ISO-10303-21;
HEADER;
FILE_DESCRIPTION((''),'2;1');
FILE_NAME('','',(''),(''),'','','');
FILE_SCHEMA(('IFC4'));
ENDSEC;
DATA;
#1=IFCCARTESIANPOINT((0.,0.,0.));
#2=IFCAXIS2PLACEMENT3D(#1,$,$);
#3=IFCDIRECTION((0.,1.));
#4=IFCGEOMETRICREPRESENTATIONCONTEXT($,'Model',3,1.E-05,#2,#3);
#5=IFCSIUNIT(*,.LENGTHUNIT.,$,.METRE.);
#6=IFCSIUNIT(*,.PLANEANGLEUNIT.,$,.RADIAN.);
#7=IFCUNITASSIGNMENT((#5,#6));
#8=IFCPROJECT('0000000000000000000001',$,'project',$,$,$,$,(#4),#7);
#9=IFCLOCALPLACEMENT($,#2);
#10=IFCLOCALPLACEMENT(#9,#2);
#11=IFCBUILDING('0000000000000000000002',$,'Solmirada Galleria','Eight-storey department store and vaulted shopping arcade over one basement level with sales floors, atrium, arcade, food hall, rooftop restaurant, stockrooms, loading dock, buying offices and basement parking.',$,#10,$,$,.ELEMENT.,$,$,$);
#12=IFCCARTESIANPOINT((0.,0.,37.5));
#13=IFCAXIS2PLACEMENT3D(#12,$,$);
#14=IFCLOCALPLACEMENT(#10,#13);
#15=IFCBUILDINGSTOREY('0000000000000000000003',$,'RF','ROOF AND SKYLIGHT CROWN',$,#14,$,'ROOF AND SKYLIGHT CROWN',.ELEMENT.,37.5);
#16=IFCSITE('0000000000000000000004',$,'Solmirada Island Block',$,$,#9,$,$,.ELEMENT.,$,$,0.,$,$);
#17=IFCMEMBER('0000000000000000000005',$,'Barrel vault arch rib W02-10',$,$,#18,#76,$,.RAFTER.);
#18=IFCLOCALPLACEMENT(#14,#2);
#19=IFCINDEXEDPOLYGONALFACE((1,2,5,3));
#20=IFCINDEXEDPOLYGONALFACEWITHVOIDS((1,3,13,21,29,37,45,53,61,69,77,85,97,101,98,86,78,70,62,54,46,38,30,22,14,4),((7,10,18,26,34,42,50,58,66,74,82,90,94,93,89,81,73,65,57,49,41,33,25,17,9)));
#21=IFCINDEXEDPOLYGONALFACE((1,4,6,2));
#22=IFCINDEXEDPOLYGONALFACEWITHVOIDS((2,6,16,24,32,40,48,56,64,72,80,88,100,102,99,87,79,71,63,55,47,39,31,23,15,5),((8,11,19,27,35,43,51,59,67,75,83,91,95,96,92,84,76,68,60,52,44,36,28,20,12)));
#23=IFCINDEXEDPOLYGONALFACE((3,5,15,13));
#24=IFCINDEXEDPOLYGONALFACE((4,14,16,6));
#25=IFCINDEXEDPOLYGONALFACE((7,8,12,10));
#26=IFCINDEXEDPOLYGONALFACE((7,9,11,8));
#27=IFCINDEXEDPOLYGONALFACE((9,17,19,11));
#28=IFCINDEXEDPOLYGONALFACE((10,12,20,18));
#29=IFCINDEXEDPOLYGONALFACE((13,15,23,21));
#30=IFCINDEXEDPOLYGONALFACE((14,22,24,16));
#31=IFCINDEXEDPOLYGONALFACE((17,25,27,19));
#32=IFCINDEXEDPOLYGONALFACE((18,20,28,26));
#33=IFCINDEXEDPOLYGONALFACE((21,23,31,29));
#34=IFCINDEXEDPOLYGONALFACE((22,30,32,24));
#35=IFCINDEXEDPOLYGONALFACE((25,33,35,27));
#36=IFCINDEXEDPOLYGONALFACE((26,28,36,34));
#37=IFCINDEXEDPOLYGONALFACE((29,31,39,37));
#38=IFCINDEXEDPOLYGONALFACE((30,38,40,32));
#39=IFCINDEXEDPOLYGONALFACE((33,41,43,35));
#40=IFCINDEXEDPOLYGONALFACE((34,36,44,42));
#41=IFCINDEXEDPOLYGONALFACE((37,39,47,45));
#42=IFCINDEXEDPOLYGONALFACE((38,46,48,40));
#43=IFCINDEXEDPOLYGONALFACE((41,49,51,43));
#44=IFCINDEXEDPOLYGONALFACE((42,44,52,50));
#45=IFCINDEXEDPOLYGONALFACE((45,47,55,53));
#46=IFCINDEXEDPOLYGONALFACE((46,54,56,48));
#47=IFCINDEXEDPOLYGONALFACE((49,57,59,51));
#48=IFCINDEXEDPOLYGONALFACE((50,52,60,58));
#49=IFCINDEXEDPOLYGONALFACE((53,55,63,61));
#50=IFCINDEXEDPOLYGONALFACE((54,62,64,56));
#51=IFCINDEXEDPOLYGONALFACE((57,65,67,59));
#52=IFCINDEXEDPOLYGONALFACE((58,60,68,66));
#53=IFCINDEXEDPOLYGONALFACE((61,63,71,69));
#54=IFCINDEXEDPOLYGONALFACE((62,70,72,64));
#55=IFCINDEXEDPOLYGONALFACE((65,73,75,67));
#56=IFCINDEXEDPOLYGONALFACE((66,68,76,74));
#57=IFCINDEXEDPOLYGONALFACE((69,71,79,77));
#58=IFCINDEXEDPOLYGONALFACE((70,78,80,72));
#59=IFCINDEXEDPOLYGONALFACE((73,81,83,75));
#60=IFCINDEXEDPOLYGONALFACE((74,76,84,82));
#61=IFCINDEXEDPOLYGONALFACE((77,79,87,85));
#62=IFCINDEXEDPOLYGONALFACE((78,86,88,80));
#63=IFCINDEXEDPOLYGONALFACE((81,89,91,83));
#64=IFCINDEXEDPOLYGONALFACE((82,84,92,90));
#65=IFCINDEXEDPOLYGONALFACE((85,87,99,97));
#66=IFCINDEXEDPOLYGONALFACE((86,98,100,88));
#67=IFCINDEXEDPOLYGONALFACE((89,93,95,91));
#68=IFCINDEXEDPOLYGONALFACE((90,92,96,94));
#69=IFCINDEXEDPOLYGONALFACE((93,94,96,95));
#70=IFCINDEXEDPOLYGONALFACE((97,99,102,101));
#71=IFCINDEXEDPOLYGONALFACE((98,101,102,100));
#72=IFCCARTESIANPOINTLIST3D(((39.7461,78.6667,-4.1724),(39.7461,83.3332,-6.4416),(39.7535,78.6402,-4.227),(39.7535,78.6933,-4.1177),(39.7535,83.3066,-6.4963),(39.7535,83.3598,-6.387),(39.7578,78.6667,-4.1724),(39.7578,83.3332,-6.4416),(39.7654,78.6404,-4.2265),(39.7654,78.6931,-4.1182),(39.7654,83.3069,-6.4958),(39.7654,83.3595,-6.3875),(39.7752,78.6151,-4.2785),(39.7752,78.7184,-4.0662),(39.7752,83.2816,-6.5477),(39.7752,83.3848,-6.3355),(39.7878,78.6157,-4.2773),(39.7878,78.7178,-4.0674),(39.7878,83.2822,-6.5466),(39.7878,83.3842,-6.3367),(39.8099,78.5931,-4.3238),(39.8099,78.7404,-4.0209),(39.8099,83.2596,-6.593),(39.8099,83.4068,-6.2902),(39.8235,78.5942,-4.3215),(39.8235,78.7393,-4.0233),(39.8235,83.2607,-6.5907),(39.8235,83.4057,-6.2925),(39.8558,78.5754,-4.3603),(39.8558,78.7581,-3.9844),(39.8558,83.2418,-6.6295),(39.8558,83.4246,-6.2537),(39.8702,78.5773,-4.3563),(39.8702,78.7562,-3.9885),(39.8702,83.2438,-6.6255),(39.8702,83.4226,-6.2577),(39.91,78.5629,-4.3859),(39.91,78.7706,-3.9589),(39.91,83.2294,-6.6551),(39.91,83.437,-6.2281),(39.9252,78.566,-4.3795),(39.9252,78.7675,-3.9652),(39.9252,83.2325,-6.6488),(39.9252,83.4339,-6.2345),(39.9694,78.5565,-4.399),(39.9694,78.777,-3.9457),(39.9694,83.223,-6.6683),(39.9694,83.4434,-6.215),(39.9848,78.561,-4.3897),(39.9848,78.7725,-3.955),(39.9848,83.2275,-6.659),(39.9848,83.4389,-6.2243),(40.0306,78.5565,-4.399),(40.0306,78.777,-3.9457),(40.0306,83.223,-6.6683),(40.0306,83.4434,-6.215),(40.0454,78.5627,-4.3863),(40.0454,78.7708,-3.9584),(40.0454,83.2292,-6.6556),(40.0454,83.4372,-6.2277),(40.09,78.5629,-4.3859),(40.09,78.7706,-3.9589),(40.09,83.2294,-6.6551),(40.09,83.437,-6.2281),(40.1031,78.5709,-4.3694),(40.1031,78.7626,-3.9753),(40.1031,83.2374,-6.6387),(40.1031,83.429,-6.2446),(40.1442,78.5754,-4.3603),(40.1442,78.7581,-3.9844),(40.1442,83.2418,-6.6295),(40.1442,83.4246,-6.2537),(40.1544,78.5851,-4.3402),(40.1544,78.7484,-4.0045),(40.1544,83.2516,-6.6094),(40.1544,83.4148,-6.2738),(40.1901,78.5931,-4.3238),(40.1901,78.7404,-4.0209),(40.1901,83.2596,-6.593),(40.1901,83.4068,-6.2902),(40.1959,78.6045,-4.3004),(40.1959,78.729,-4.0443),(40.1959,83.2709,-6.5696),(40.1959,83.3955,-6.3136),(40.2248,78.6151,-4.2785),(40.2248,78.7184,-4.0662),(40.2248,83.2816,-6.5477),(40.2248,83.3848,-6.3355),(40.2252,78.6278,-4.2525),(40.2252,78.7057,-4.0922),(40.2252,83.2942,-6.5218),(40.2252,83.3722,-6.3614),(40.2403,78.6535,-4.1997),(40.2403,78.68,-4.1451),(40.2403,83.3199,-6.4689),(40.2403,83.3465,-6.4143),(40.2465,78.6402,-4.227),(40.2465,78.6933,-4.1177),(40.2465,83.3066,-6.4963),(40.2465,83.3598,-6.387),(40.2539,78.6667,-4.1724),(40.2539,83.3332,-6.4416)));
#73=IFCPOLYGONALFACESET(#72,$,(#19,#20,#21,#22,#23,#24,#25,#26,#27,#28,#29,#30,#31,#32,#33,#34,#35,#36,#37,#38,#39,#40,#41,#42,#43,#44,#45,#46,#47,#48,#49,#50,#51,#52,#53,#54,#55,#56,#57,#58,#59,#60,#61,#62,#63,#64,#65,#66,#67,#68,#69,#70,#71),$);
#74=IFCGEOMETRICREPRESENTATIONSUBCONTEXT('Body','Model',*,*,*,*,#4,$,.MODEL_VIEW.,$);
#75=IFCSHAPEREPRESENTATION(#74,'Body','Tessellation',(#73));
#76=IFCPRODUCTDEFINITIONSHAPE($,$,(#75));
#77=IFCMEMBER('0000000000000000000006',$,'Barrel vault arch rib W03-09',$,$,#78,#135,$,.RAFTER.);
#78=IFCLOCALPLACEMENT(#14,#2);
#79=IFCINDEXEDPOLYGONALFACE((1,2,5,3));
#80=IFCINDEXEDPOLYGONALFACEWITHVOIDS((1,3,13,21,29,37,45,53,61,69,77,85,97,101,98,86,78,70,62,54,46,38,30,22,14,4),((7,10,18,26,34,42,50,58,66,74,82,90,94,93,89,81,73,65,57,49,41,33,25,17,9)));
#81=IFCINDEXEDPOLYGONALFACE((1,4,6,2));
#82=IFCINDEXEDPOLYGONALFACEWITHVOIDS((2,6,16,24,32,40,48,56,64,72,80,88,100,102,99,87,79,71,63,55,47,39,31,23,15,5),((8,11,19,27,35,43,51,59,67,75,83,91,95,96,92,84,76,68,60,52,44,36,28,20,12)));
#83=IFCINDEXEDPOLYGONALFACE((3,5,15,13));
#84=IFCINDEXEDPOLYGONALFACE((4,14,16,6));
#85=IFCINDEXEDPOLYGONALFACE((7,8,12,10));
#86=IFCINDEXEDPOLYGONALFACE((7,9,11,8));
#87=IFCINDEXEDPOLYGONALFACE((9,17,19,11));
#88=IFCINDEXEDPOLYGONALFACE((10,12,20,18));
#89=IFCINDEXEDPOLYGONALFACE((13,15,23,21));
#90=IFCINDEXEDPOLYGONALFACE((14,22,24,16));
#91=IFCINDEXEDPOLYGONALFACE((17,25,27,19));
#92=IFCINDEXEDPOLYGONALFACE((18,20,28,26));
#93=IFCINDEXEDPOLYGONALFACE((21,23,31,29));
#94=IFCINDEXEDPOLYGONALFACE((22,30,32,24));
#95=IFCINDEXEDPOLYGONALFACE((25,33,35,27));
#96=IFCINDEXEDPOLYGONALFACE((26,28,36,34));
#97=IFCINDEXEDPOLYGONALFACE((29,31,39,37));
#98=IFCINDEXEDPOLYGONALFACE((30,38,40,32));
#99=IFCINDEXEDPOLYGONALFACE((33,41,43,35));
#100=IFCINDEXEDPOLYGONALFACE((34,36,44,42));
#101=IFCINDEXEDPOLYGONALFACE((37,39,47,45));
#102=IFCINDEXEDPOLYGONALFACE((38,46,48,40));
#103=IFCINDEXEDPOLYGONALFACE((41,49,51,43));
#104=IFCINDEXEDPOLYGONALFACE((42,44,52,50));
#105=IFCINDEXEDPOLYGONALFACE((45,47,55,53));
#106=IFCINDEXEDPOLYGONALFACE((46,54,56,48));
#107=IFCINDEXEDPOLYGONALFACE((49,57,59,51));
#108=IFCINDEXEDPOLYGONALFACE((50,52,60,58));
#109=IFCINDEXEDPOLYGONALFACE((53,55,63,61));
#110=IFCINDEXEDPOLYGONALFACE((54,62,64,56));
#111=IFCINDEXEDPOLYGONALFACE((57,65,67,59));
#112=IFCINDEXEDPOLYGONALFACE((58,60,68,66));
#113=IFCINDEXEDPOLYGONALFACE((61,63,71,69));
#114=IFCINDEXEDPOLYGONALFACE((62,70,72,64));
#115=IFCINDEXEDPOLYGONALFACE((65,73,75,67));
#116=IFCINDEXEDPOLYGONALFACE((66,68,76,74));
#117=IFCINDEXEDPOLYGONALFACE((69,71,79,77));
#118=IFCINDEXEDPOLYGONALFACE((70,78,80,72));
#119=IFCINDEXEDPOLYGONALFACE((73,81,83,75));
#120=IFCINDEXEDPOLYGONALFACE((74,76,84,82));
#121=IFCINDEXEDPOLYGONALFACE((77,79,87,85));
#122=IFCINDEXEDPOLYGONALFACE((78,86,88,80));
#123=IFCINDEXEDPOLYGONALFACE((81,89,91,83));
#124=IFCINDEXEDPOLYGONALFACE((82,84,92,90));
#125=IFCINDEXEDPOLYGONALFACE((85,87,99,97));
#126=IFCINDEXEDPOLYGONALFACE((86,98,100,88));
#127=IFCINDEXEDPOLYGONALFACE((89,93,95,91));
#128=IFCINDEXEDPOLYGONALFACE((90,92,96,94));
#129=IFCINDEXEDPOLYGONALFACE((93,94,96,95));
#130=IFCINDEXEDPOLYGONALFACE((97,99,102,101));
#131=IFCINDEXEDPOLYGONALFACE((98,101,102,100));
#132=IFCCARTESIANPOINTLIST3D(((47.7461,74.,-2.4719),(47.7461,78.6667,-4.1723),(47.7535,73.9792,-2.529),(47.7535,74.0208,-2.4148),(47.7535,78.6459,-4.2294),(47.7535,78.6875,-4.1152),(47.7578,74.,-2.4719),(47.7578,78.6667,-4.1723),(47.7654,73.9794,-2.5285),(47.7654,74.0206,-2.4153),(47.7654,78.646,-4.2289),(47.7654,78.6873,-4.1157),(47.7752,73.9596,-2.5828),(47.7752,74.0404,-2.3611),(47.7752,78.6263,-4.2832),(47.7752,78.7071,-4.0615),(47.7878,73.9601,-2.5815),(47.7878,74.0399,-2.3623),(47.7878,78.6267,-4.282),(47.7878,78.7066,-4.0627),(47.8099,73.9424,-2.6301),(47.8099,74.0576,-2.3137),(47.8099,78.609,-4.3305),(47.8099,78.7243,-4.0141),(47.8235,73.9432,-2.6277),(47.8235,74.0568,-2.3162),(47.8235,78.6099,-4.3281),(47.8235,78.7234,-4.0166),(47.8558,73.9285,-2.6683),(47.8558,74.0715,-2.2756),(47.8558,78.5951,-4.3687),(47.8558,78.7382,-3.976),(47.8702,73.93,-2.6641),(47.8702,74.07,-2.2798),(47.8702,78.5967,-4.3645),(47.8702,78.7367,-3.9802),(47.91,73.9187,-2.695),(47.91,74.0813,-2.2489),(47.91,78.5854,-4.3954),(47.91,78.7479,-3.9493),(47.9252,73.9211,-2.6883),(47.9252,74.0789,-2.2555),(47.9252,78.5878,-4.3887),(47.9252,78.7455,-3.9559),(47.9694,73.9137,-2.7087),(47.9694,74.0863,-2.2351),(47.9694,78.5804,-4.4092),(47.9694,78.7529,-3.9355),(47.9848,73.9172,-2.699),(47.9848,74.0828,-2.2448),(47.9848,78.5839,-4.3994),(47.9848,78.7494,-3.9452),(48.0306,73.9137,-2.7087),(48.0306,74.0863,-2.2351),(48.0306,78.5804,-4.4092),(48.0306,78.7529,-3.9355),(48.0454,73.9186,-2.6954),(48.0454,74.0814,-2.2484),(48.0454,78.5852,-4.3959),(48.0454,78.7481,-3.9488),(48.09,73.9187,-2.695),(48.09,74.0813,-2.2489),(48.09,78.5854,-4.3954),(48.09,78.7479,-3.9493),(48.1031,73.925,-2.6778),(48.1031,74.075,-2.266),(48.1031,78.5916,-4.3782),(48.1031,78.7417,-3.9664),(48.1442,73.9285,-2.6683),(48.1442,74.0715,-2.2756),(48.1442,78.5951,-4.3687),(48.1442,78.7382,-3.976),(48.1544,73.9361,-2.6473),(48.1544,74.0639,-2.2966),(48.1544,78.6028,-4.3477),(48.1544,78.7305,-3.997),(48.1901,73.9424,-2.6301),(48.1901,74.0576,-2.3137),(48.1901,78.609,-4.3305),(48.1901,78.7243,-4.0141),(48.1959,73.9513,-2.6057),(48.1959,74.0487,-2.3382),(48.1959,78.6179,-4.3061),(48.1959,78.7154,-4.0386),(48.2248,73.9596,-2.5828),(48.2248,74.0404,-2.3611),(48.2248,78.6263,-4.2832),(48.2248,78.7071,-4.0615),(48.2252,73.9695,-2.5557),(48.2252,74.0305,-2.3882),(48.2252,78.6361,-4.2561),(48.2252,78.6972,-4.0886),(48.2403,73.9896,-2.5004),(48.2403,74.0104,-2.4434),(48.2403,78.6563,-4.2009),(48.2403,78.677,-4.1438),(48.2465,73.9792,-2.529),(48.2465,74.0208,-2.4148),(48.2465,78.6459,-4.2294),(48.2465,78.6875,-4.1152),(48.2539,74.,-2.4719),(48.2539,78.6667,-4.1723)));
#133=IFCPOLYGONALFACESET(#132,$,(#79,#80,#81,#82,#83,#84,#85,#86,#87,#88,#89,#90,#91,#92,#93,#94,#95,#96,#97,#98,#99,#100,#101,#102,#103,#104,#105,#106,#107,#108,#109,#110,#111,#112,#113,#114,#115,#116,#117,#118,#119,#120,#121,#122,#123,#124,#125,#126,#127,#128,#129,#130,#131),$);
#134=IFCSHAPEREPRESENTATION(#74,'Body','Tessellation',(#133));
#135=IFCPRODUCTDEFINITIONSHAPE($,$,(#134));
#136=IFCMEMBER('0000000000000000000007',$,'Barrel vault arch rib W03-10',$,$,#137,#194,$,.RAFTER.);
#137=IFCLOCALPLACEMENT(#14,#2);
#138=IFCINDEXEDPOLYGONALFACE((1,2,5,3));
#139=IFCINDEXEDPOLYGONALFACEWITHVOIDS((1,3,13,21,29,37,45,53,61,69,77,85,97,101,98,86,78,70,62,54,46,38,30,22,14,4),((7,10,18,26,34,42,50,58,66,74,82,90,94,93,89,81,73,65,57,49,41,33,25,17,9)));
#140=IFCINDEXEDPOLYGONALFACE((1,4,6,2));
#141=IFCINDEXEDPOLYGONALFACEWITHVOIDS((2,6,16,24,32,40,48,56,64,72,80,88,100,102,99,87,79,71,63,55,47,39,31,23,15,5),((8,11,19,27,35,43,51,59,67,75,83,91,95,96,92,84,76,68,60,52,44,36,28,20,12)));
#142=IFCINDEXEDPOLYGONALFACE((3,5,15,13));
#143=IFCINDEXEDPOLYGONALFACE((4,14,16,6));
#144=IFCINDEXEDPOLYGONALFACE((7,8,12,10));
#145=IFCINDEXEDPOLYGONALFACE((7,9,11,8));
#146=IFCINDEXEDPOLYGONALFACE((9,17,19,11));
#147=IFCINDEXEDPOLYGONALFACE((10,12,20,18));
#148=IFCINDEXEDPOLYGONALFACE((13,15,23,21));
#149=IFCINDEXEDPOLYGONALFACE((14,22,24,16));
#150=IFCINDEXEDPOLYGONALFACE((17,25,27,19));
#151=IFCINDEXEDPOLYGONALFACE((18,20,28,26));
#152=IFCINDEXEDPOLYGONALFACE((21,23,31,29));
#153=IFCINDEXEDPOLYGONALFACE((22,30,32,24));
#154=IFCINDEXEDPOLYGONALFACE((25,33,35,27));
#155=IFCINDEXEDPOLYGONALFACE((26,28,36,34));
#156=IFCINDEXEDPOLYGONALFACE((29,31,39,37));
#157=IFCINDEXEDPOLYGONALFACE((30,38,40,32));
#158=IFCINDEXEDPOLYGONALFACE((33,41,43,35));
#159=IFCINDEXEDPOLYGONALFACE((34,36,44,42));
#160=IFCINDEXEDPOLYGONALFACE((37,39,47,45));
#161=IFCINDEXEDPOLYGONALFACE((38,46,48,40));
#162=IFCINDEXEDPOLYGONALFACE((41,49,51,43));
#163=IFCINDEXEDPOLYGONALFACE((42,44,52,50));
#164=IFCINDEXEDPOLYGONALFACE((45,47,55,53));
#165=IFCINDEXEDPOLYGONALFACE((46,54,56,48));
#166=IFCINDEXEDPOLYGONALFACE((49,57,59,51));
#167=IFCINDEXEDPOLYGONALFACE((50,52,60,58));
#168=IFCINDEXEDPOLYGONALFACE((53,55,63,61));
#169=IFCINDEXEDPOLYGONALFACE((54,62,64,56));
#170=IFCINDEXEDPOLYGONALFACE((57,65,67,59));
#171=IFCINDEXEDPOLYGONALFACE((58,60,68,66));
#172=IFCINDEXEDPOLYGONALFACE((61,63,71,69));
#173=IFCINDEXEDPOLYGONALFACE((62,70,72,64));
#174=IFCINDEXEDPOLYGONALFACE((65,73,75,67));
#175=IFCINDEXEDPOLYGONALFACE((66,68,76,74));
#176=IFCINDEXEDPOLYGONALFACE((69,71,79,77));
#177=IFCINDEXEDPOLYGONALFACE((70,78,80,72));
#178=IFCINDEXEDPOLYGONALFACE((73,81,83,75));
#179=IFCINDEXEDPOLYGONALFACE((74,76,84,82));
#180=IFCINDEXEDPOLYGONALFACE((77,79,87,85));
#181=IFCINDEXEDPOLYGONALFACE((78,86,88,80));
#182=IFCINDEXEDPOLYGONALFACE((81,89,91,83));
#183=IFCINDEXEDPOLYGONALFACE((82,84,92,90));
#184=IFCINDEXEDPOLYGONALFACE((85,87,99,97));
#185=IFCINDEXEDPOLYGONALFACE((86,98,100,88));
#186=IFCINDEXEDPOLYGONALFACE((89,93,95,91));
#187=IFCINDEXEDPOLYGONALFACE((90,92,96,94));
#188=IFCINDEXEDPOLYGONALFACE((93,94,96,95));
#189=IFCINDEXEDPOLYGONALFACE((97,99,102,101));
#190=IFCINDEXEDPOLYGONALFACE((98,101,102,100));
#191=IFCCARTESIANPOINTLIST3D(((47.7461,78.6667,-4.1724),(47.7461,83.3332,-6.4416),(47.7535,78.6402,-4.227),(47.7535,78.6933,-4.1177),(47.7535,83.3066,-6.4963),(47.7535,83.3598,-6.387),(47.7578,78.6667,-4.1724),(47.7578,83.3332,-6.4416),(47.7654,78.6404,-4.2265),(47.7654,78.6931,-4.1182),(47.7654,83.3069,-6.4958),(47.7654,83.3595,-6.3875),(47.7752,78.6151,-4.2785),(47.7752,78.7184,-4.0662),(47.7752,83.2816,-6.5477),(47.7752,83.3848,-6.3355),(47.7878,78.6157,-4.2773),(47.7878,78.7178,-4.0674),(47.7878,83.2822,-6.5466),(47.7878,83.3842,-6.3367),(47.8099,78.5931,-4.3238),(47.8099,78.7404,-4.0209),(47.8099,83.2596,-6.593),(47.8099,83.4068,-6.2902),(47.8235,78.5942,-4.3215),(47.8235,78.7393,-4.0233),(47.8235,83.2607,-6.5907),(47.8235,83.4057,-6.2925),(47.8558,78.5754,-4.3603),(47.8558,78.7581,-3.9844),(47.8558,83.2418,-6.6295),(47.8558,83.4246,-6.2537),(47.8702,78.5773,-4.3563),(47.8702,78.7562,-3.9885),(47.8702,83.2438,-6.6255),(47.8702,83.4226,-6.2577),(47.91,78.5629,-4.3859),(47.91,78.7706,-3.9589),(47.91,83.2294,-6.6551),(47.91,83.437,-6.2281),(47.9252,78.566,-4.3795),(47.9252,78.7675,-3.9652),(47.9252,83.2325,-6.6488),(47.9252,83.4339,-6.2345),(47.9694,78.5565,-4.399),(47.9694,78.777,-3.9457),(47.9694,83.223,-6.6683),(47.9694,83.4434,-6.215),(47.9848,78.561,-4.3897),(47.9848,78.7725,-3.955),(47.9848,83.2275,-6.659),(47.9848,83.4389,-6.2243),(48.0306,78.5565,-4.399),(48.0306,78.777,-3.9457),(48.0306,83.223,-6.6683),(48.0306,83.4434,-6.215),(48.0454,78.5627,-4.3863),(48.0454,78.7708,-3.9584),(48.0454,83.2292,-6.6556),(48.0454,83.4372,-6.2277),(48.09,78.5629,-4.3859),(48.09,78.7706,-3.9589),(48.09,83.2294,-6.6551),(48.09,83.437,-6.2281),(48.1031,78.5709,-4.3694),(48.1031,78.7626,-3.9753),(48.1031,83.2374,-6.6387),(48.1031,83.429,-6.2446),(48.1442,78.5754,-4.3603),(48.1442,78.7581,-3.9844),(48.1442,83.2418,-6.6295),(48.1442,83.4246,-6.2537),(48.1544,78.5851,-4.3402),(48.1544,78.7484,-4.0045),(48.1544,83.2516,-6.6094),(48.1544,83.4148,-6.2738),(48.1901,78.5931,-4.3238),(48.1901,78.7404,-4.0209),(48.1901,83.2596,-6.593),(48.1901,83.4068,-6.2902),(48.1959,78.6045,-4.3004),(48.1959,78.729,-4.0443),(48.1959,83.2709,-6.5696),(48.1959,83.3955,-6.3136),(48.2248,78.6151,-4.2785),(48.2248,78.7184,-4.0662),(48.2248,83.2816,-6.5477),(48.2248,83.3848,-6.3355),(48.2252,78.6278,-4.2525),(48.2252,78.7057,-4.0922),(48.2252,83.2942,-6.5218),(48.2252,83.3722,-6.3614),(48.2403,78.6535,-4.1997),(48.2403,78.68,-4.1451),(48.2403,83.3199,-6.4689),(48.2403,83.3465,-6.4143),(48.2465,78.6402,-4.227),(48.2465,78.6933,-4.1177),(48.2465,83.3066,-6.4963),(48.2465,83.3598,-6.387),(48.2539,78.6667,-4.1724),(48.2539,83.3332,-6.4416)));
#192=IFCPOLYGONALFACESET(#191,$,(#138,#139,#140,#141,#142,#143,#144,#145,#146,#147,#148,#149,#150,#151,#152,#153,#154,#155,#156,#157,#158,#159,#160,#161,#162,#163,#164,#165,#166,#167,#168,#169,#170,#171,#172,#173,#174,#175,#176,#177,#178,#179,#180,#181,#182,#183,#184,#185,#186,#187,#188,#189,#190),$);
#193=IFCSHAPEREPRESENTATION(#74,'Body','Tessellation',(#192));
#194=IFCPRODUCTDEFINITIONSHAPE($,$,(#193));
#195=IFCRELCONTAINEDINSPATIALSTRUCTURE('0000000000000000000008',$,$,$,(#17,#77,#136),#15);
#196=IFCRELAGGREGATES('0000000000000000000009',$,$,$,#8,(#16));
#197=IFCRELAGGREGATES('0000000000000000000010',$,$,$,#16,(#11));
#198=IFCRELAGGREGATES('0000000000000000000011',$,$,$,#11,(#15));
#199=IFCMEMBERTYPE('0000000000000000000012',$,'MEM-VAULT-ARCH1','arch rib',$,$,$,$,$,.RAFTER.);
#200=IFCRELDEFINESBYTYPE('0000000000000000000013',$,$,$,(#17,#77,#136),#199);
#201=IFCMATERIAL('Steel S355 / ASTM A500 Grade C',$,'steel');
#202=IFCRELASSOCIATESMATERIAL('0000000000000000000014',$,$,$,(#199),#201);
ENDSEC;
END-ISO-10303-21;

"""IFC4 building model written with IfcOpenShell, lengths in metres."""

from ifc_helpers import new_model, si_unit, direction, frame, origin, origin_2d, place, context, subcontext, project, spatial, hollow_circle, extrude, material, material_profile, profile_set, type_object, element, save


model = new_model("IFC4")

# Units and contexts
model_context = context("Model", 3, precision=1e-05, world=origin(), true_north=direction((0.0, 1.0)))
body_context = subcontext(model_context, "Body", "Model", "MODEL_VIEW")
ifc_project = project(units=[si_unit("LENGTHUNIT", "METRE"), si_unit("PLANEANGLEUNIT", "RADIAN")], contexts=[model_context])

# Site, building, storey
site_placement = place(None, origin())
site = spatial("IfcSite", under=ifc_project, at=site_placement, Name="Solmirada Island Block", CompositionType="ELEMENT", RefElevation=0.0)
building_placement = place(site_placement, origin())
building = spatial("IfcBuilding", under=site, at=building_placement, Name="Solmirada Galleria", Description="Eight-storey department store and vaulted shopping arcade over one basement level with sales floors, atrium, arcade, food hall, rooftop restaurant, stockrooms, loading dock, buying offices and basement parking.", CompositionType="ELEMENT")
storey_placement = place(building_placement, frame((0.0, 0.0, 37.5)))
storey = spatial("IfcBuildingStorey", under=building, at=storey_placement, Name="RF", Description="ROOF AND SKYLIGHT CROWN", LongName="ROOF AND SKYLIGHT CROWN", CompositionType="ELEMENT", Elevation=37.5)

# Members
ifc_material_1 = material(Name="Steel S355 / ASTM A500 Grade C", Category="steel")
ifc_material_profile_1 = material_profile(ifc_material_1, hollow_circle(Radius=0.2539, WallThickness=0.0117, at=origin_2d()), Name="HSS20.000X0.500")
ifc_profile_set_1 = profile_set([ifc_material_profile_1], Name="Steel S355 / ASTM A500 Grade C")
member_type_1 = type_object("IfcMemberType", Name="MEM-VAULT-ARCH1", Description="arch rib", PredefinedType="RAFTER", material=ifc_profile_set_1)
member_1_placement = place(storey_placement, frame((40.0, 78.6667, -4.1724), z_axis=(0.0, 0.899304, -0.437325), x_axis=(-1.0, 0.0, 0.0)))
element("IfcMember", 1, at=member_1_placement, inside=storey, type_object=member_type_1, Name="Barrel vault arch rib W02-10", PredefinedType="RAFTER", context=body_context, shape_type="SweptSolid", body=[
    extrude(hollow_circle(Radius=0.2539, WallThickness=0.0117, at=origin_2d()), origin(), (0.0, 0.0, 1.0), 5.189),
])
member_2_placement = place(storey_placement, frame((48.0, 74.0, -2.4719), z_axis=(0.0, 0.939571, -0.342355), x_axis=(-1.0, 0.0, 0.0)))
element("IfcMember", 2, at=member_2_placement, inside=storey, type_object=member_type_1, Name="Barrel vault arch rib W03-09", PredefinedType="RAFTER", context=body_context, shape_type="SweptSolid", body=[
    extrude(hollow_circle(Radius=0.2539, WallThickness=0.0117, at=origin_2d()), origin(), (0.0, 0.0, 1.0), 4.9668),
])
member_3_placement = place(storey_placement, frame((48.0, 78.6667, -4.1724), z_axis=(0.0, 0.899304, -0.437325), x_axis=(-1.0, 0.0, 0.0)))
element("IfcMember", 3, at=member_3_placement, inside=storey, type_object=member_type_1, Name="Barrel vault arch rib W03-10", PredefinedType="RAFTER", context=body_context, shape_type="SweptSolid", body=[
    extrude(hollow_circle(Radius=0.2539, WallThickness=0.0117, at=origin_2d()), origin(), (0.0, 0.0, 1.0), 5.189),
])

save(model, "model.ifc")
